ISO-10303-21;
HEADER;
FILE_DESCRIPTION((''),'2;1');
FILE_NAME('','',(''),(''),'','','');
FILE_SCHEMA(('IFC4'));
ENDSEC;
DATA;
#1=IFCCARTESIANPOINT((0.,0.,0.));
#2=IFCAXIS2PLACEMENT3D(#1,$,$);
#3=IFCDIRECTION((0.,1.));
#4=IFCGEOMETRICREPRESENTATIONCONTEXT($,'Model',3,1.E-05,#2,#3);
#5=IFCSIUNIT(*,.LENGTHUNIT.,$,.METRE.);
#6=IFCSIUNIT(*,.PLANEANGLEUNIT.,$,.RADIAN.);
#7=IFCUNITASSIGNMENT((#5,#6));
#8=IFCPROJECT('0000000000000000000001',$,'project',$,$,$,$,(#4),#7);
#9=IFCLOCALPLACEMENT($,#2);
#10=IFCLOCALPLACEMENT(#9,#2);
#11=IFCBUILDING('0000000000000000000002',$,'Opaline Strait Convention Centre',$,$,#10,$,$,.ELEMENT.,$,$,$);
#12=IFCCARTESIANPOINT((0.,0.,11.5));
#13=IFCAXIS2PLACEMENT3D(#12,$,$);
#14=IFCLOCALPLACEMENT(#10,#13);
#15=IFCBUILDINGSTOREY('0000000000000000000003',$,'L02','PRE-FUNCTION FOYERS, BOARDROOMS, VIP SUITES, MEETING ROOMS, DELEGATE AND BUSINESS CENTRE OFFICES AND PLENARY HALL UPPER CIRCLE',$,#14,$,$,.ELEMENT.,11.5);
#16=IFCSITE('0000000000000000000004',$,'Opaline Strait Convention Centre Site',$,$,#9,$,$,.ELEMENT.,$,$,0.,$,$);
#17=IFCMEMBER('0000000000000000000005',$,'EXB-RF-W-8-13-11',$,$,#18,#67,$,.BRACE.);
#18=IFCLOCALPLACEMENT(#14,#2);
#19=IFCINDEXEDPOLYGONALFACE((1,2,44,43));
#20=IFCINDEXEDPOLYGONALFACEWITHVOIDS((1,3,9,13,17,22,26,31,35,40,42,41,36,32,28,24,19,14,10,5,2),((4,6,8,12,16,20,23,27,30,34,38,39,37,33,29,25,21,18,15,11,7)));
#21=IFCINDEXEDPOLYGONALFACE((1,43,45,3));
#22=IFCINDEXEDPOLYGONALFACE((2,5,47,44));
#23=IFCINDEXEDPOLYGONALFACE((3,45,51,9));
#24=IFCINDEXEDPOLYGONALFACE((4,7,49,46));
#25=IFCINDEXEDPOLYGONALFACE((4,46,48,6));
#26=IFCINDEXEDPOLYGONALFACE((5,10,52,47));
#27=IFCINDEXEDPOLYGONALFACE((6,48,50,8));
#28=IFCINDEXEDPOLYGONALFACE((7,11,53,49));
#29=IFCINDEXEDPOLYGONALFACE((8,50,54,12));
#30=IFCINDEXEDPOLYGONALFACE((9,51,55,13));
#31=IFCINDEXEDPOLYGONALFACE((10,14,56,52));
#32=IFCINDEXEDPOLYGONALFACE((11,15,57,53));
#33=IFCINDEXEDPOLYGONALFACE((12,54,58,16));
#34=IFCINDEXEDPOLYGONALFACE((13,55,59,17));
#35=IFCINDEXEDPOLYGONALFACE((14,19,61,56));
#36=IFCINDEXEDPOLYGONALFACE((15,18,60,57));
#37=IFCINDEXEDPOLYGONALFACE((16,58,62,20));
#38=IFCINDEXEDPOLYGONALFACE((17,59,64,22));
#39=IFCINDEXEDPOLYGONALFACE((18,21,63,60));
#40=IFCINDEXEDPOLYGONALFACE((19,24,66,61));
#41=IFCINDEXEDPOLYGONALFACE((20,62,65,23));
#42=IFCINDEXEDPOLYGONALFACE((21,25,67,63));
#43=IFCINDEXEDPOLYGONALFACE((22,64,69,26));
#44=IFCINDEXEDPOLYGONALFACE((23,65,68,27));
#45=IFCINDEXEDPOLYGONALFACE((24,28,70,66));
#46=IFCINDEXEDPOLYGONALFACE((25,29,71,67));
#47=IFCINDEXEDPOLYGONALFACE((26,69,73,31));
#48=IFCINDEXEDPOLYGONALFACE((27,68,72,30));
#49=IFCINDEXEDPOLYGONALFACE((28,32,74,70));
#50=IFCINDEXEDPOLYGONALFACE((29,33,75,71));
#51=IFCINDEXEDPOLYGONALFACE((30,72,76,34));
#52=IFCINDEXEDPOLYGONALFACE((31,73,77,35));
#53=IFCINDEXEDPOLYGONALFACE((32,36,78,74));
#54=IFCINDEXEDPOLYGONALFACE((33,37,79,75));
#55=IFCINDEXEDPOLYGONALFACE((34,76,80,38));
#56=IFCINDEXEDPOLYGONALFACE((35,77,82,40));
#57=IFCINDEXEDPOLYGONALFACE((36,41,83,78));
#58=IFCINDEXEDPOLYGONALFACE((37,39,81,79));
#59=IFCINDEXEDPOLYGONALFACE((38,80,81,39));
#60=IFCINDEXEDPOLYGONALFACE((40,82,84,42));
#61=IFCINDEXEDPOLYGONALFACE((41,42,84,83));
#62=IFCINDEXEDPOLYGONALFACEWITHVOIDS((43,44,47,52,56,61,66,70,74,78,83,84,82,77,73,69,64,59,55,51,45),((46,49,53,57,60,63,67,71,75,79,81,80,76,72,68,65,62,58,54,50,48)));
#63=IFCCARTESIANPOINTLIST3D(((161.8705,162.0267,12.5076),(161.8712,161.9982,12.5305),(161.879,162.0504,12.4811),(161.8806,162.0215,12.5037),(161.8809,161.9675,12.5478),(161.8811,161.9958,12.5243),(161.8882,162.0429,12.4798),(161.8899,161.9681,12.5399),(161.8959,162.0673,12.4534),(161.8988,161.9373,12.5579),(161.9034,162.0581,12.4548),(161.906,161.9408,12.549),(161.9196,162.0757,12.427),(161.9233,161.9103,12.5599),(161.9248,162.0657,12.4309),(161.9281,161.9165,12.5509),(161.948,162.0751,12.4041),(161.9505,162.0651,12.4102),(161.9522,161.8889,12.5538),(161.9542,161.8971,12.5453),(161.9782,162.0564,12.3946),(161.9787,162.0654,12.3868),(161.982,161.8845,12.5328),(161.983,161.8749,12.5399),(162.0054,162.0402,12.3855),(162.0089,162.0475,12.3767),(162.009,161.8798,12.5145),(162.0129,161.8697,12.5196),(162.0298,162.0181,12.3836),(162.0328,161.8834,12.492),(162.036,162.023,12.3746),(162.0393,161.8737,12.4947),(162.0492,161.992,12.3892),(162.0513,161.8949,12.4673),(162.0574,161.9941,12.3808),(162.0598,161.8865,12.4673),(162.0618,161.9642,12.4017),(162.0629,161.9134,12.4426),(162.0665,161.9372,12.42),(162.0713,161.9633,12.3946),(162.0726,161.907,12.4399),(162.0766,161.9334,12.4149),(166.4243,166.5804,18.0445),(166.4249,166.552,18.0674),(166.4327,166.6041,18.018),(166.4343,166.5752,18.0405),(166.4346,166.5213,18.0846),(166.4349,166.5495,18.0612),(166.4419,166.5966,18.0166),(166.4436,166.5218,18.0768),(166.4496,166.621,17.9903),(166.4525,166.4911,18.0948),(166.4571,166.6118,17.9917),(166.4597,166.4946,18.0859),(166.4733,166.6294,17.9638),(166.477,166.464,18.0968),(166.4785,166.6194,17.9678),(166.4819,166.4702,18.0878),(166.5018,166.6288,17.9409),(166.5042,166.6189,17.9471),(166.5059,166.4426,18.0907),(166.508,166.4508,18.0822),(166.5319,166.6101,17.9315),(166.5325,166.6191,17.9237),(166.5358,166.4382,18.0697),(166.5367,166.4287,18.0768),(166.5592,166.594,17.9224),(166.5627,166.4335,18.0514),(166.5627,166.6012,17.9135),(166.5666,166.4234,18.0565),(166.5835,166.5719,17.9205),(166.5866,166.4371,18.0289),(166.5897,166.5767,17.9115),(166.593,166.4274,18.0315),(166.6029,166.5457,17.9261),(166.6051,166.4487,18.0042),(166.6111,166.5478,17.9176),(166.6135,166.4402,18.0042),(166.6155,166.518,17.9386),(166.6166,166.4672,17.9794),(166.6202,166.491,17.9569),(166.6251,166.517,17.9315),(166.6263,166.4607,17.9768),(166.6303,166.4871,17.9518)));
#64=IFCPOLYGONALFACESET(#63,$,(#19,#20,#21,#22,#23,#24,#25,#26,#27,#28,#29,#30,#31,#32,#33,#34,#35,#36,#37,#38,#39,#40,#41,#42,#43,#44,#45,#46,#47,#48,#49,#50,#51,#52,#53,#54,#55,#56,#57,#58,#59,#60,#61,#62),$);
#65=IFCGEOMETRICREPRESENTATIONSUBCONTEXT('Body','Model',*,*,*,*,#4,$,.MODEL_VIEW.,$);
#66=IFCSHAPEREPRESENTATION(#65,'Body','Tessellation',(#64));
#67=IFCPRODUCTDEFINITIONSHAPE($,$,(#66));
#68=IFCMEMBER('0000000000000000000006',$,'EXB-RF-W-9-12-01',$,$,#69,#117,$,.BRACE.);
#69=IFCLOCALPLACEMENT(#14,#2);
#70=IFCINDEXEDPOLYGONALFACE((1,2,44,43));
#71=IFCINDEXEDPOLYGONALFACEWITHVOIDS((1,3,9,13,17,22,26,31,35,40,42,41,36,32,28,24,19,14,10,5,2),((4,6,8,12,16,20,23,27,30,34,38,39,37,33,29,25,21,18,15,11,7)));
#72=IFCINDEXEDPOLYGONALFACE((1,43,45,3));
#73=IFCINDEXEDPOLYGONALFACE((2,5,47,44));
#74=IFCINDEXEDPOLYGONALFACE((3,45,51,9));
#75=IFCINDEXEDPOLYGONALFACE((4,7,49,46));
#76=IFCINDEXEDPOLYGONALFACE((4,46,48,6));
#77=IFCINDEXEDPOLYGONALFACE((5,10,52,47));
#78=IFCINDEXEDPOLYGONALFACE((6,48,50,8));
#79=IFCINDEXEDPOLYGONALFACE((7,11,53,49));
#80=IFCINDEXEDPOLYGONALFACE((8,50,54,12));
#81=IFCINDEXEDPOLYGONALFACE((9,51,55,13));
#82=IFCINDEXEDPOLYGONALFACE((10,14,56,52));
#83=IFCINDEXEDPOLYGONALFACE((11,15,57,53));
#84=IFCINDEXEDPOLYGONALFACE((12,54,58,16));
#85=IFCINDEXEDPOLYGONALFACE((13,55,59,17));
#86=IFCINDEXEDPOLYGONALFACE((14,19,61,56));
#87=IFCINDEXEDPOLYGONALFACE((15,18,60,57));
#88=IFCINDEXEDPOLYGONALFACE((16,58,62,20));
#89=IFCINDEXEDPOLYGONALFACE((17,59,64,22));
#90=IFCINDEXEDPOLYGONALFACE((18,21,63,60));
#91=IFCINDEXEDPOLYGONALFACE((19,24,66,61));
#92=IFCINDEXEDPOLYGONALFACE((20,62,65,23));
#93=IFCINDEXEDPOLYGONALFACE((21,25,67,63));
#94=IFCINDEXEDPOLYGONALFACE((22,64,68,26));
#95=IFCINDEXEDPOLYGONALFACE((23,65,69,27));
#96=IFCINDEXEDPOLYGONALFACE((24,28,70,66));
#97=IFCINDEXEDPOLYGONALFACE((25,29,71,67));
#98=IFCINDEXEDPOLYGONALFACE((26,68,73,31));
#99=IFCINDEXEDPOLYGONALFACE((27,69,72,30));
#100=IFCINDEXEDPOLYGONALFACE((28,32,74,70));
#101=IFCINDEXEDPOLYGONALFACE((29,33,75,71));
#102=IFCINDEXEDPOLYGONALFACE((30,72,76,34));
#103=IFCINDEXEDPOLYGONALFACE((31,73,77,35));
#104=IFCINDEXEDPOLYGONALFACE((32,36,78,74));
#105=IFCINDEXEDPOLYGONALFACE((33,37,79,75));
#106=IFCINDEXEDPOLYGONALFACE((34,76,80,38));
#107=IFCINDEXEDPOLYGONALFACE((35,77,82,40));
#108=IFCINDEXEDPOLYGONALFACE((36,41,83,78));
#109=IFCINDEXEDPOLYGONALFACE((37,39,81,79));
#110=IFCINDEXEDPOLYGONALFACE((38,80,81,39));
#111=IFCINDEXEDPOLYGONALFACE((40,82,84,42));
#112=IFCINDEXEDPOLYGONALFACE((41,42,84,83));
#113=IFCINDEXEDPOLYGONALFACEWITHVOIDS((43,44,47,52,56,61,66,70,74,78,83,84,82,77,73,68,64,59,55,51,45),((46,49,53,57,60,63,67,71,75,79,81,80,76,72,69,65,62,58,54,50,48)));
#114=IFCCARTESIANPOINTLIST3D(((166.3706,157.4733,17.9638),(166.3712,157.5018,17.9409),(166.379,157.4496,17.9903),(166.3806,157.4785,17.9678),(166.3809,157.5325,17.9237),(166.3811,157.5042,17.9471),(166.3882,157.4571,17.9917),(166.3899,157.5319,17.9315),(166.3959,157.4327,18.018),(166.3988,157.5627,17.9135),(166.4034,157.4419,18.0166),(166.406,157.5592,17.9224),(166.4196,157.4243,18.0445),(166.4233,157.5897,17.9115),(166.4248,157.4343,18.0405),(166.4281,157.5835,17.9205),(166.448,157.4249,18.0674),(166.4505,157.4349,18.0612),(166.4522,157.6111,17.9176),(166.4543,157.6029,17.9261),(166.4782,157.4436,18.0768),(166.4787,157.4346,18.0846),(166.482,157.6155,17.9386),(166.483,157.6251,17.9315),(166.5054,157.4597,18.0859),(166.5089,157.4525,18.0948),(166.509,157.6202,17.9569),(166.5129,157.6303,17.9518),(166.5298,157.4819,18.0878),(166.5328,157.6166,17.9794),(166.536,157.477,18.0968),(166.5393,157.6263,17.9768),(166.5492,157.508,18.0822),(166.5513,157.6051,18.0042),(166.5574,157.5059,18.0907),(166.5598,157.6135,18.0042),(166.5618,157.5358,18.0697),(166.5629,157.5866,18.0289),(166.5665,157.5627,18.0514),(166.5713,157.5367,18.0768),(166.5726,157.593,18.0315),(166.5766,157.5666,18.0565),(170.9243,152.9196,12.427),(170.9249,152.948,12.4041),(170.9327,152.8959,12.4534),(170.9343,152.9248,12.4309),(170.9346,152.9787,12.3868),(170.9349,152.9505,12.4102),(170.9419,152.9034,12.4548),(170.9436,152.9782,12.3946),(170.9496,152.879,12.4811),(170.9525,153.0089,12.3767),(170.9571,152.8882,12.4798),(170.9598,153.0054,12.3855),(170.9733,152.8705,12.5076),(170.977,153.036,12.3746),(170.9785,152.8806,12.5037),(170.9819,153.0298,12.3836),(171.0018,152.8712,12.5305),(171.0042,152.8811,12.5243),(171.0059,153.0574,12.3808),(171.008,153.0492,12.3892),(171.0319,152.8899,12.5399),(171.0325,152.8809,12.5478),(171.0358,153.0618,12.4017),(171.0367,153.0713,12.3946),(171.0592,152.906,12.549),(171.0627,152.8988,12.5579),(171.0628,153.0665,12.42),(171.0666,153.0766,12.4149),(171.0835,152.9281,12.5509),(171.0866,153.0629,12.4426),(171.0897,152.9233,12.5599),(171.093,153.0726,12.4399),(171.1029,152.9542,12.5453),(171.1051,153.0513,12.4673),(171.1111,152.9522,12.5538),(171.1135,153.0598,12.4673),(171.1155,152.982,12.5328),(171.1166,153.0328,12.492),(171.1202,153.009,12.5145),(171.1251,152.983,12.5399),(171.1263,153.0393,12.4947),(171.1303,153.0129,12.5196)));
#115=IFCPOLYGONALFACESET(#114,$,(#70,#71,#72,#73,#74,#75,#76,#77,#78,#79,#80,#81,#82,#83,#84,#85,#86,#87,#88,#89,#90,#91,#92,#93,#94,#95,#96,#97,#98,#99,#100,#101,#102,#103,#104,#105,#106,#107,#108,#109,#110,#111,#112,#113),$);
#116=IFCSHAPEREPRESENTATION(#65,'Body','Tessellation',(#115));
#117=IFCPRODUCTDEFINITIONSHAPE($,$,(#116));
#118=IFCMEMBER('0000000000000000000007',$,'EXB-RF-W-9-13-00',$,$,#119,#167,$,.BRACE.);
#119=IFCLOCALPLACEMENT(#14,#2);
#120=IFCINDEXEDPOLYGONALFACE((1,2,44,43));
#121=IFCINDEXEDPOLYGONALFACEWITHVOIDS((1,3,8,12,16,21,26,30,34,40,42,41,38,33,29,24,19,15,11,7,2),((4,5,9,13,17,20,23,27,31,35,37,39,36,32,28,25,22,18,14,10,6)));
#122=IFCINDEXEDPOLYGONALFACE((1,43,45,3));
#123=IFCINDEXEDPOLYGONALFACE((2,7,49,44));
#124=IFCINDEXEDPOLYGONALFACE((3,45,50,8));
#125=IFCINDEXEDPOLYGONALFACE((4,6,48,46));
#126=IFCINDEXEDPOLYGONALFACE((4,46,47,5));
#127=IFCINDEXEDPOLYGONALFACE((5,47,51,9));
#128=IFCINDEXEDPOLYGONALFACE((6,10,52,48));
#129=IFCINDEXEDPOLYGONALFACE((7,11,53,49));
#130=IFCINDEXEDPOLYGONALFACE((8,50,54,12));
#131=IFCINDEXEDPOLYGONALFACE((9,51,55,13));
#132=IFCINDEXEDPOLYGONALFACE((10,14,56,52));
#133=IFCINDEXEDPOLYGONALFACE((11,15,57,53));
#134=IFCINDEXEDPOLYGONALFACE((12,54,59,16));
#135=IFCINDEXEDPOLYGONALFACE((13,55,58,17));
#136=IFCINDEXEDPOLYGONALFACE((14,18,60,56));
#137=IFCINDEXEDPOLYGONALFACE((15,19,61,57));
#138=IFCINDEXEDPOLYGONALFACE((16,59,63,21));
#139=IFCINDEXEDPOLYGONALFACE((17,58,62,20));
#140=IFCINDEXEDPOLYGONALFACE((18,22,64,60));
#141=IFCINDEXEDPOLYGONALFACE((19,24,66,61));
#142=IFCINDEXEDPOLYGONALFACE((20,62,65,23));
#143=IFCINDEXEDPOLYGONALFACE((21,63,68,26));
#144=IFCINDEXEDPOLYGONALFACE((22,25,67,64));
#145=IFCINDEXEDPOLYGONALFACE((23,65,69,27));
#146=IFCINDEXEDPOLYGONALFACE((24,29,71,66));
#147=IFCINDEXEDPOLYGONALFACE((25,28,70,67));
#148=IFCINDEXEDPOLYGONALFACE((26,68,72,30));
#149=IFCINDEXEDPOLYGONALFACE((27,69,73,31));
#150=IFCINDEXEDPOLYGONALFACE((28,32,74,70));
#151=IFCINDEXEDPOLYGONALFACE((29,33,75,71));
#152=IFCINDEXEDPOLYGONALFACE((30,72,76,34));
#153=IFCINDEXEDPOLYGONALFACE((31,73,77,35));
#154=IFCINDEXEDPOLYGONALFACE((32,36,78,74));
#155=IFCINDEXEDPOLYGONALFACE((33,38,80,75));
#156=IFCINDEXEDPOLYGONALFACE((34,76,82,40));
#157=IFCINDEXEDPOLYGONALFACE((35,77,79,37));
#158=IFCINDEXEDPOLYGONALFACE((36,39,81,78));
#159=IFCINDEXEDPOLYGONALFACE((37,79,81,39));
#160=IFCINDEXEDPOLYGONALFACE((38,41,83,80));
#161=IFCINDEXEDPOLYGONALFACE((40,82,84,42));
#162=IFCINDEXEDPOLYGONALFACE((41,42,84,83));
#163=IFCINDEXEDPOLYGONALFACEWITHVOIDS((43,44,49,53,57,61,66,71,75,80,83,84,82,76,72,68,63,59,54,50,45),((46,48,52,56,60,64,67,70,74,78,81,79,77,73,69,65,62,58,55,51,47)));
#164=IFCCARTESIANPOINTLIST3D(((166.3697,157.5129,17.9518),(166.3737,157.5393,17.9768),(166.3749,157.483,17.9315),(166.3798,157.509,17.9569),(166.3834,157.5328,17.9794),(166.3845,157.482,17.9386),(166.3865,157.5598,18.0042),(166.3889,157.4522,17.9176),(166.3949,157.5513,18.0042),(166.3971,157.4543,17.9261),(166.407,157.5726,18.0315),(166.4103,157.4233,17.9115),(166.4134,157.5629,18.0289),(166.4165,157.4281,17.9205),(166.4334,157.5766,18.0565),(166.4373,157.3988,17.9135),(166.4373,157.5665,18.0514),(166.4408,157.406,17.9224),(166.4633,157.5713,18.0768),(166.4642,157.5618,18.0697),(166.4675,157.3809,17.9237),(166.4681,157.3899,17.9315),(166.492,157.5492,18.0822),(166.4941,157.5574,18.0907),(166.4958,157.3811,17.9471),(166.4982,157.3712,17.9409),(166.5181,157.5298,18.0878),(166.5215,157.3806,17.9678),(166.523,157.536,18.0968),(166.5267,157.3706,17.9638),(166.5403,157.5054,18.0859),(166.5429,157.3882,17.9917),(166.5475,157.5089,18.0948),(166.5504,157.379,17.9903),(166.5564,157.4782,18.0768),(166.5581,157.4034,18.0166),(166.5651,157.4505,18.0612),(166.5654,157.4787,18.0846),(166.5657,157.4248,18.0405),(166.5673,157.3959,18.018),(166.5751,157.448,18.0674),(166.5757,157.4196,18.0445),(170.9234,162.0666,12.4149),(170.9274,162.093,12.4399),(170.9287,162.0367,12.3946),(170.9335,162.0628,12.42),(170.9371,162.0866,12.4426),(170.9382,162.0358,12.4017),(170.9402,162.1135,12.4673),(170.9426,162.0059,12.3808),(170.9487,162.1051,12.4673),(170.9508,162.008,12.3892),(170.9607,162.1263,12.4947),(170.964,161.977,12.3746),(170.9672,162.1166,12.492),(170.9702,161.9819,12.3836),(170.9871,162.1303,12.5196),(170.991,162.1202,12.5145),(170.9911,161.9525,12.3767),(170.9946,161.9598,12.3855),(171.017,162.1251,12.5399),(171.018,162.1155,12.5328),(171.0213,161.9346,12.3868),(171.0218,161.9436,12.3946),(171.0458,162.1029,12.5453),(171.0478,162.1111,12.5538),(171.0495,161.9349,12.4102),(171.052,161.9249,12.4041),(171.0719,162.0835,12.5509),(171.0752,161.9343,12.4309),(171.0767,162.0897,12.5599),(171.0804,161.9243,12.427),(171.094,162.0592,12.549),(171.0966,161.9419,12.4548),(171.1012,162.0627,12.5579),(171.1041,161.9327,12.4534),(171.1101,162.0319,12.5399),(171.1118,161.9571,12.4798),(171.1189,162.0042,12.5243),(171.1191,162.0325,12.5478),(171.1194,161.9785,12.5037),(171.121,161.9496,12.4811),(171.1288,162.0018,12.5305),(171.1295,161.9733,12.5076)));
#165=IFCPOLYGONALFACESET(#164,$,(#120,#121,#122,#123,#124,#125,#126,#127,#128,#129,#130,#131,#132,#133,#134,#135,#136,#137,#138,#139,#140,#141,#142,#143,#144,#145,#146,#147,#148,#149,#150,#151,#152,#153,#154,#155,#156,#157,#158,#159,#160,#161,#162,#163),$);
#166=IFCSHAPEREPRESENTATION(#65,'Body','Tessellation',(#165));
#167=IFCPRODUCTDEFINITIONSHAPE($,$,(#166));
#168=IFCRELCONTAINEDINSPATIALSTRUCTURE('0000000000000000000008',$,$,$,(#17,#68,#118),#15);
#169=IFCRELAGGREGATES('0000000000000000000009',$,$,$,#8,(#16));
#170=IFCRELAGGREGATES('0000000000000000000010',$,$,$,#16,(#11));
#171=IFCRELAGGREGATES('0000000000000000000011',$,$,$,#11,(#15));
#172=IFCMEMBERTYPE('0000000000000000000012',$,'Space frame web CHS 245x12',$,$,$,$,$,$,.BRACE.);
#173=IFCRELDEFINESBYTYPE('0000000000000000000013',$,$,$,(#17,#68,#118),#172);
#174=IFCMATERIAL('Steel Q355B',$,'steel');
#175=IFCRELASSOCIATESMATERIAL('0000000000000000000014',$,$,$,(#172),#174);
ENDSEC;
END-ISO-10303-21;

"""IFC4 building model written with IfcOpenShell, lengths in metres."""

from ifc_helpers import new_model, si_unit, direction, frame, origin, origin_2d, place, context, subcontext, project, spatial, hollow_circle, extrude, material, material_profile, profile_set, type_object, element, save


model = new_model("IFC4")

# Units and contexts
model_context = context("Model", 3, precision=1e-05, world=origin(), true_north=direction((0.0, 1.0)))
body_context = subcontext(model_context, "Body", "Model", "MODEL_VIEW")
ifc_project = project(units=[si_unit("LENGTHUNIT", "METRE"), si_unit("PLANEANGLEUNIT", "RADIAN")], contexts=[model_context])

# Site, building, storey
site_placement = place(None, origin())
site = spatial("IfcSite", under=ifc_project, at=site_placement, Name="Opaline Strait Convention Centre Site", CompositionType="ELEMENT", RefElevation=0.0)
building_placement = place(site_placement, origin())
building = spatial("IfcBuilding", under=site, at=building_placement, Name="Opaline Strait Convention Centre", CompositionType="ELEMENT")
storey_placement = place(building_placement, frame((0.0, 0.0, 11.5)))
storey = spatial("IfcBuildingStorey", under=building, at=storey_placement, Name="L02", Description="PRE-FUNCTION FOYERS, BOARDROOMS, VIP SUITES, MEETING ROOMS, DELEGATE AND BUSINESS CENTRE OFFICES AND PLENARY HALL UPPER CIRCLE", CompositionType="ELEMENT", Elevation=11.5)

# Members
ifc_material_1 = material(Name="Steel Q355B", Category="steel")
ifc_material_profile_1 = material_profile(ifc_material_1, hollow_circle(Radius=0.1226, WallThickness=0.012, at=origin_2d()), Name="CHS 245x12")
ifc_profile_set_1 = profile_set([ifc_material_profile_1], Name="Steel Q355B")
member_type_1 = type_object("IfcMemberType", Name="Space frame web CHS 245x12", PredefinedType="BRACE", material=ifc_profile_set_1)
for number, where, z_axis, x_axis, name in (
    (1, (166.5269, 166.5269, 18.0042), (-0.536178, -0.536178, -0.65194), (0.707107, -0.707107, 0.0), "EXB-RF-W-8-13-11"),
    (2, (166.4731, 157.5269, 18.0042), (0.536178, -0.536178, -0.65194), (0.707107, 0.707107, 0.0), "EXB-RF-W-9-12-01"),
    (3, (166.4731, 157.4731, 18.0042), (0.536178, 0.536178, -0.65194), (-0.707107, 0.707107, 0.0), "EXB-RF-W-9-13-00"),
):
    element("IfcMember", number, at=place(storey_placement, frame(where, z_axis=z_axis, x_axis=x_axis)), inside=storey, type_object=member_type_1, Name=name, PredefinedType="BRACE", context=body_context, shape_type="SweptSolid", body=[
        extrude(hollow_circle(Radius=0.1226, WallThickness=0.012, at=origin_2d()), origin(), (0.0, 0.0, 1.0), 8.4929),
    ])

save(model, "model.ifc")
